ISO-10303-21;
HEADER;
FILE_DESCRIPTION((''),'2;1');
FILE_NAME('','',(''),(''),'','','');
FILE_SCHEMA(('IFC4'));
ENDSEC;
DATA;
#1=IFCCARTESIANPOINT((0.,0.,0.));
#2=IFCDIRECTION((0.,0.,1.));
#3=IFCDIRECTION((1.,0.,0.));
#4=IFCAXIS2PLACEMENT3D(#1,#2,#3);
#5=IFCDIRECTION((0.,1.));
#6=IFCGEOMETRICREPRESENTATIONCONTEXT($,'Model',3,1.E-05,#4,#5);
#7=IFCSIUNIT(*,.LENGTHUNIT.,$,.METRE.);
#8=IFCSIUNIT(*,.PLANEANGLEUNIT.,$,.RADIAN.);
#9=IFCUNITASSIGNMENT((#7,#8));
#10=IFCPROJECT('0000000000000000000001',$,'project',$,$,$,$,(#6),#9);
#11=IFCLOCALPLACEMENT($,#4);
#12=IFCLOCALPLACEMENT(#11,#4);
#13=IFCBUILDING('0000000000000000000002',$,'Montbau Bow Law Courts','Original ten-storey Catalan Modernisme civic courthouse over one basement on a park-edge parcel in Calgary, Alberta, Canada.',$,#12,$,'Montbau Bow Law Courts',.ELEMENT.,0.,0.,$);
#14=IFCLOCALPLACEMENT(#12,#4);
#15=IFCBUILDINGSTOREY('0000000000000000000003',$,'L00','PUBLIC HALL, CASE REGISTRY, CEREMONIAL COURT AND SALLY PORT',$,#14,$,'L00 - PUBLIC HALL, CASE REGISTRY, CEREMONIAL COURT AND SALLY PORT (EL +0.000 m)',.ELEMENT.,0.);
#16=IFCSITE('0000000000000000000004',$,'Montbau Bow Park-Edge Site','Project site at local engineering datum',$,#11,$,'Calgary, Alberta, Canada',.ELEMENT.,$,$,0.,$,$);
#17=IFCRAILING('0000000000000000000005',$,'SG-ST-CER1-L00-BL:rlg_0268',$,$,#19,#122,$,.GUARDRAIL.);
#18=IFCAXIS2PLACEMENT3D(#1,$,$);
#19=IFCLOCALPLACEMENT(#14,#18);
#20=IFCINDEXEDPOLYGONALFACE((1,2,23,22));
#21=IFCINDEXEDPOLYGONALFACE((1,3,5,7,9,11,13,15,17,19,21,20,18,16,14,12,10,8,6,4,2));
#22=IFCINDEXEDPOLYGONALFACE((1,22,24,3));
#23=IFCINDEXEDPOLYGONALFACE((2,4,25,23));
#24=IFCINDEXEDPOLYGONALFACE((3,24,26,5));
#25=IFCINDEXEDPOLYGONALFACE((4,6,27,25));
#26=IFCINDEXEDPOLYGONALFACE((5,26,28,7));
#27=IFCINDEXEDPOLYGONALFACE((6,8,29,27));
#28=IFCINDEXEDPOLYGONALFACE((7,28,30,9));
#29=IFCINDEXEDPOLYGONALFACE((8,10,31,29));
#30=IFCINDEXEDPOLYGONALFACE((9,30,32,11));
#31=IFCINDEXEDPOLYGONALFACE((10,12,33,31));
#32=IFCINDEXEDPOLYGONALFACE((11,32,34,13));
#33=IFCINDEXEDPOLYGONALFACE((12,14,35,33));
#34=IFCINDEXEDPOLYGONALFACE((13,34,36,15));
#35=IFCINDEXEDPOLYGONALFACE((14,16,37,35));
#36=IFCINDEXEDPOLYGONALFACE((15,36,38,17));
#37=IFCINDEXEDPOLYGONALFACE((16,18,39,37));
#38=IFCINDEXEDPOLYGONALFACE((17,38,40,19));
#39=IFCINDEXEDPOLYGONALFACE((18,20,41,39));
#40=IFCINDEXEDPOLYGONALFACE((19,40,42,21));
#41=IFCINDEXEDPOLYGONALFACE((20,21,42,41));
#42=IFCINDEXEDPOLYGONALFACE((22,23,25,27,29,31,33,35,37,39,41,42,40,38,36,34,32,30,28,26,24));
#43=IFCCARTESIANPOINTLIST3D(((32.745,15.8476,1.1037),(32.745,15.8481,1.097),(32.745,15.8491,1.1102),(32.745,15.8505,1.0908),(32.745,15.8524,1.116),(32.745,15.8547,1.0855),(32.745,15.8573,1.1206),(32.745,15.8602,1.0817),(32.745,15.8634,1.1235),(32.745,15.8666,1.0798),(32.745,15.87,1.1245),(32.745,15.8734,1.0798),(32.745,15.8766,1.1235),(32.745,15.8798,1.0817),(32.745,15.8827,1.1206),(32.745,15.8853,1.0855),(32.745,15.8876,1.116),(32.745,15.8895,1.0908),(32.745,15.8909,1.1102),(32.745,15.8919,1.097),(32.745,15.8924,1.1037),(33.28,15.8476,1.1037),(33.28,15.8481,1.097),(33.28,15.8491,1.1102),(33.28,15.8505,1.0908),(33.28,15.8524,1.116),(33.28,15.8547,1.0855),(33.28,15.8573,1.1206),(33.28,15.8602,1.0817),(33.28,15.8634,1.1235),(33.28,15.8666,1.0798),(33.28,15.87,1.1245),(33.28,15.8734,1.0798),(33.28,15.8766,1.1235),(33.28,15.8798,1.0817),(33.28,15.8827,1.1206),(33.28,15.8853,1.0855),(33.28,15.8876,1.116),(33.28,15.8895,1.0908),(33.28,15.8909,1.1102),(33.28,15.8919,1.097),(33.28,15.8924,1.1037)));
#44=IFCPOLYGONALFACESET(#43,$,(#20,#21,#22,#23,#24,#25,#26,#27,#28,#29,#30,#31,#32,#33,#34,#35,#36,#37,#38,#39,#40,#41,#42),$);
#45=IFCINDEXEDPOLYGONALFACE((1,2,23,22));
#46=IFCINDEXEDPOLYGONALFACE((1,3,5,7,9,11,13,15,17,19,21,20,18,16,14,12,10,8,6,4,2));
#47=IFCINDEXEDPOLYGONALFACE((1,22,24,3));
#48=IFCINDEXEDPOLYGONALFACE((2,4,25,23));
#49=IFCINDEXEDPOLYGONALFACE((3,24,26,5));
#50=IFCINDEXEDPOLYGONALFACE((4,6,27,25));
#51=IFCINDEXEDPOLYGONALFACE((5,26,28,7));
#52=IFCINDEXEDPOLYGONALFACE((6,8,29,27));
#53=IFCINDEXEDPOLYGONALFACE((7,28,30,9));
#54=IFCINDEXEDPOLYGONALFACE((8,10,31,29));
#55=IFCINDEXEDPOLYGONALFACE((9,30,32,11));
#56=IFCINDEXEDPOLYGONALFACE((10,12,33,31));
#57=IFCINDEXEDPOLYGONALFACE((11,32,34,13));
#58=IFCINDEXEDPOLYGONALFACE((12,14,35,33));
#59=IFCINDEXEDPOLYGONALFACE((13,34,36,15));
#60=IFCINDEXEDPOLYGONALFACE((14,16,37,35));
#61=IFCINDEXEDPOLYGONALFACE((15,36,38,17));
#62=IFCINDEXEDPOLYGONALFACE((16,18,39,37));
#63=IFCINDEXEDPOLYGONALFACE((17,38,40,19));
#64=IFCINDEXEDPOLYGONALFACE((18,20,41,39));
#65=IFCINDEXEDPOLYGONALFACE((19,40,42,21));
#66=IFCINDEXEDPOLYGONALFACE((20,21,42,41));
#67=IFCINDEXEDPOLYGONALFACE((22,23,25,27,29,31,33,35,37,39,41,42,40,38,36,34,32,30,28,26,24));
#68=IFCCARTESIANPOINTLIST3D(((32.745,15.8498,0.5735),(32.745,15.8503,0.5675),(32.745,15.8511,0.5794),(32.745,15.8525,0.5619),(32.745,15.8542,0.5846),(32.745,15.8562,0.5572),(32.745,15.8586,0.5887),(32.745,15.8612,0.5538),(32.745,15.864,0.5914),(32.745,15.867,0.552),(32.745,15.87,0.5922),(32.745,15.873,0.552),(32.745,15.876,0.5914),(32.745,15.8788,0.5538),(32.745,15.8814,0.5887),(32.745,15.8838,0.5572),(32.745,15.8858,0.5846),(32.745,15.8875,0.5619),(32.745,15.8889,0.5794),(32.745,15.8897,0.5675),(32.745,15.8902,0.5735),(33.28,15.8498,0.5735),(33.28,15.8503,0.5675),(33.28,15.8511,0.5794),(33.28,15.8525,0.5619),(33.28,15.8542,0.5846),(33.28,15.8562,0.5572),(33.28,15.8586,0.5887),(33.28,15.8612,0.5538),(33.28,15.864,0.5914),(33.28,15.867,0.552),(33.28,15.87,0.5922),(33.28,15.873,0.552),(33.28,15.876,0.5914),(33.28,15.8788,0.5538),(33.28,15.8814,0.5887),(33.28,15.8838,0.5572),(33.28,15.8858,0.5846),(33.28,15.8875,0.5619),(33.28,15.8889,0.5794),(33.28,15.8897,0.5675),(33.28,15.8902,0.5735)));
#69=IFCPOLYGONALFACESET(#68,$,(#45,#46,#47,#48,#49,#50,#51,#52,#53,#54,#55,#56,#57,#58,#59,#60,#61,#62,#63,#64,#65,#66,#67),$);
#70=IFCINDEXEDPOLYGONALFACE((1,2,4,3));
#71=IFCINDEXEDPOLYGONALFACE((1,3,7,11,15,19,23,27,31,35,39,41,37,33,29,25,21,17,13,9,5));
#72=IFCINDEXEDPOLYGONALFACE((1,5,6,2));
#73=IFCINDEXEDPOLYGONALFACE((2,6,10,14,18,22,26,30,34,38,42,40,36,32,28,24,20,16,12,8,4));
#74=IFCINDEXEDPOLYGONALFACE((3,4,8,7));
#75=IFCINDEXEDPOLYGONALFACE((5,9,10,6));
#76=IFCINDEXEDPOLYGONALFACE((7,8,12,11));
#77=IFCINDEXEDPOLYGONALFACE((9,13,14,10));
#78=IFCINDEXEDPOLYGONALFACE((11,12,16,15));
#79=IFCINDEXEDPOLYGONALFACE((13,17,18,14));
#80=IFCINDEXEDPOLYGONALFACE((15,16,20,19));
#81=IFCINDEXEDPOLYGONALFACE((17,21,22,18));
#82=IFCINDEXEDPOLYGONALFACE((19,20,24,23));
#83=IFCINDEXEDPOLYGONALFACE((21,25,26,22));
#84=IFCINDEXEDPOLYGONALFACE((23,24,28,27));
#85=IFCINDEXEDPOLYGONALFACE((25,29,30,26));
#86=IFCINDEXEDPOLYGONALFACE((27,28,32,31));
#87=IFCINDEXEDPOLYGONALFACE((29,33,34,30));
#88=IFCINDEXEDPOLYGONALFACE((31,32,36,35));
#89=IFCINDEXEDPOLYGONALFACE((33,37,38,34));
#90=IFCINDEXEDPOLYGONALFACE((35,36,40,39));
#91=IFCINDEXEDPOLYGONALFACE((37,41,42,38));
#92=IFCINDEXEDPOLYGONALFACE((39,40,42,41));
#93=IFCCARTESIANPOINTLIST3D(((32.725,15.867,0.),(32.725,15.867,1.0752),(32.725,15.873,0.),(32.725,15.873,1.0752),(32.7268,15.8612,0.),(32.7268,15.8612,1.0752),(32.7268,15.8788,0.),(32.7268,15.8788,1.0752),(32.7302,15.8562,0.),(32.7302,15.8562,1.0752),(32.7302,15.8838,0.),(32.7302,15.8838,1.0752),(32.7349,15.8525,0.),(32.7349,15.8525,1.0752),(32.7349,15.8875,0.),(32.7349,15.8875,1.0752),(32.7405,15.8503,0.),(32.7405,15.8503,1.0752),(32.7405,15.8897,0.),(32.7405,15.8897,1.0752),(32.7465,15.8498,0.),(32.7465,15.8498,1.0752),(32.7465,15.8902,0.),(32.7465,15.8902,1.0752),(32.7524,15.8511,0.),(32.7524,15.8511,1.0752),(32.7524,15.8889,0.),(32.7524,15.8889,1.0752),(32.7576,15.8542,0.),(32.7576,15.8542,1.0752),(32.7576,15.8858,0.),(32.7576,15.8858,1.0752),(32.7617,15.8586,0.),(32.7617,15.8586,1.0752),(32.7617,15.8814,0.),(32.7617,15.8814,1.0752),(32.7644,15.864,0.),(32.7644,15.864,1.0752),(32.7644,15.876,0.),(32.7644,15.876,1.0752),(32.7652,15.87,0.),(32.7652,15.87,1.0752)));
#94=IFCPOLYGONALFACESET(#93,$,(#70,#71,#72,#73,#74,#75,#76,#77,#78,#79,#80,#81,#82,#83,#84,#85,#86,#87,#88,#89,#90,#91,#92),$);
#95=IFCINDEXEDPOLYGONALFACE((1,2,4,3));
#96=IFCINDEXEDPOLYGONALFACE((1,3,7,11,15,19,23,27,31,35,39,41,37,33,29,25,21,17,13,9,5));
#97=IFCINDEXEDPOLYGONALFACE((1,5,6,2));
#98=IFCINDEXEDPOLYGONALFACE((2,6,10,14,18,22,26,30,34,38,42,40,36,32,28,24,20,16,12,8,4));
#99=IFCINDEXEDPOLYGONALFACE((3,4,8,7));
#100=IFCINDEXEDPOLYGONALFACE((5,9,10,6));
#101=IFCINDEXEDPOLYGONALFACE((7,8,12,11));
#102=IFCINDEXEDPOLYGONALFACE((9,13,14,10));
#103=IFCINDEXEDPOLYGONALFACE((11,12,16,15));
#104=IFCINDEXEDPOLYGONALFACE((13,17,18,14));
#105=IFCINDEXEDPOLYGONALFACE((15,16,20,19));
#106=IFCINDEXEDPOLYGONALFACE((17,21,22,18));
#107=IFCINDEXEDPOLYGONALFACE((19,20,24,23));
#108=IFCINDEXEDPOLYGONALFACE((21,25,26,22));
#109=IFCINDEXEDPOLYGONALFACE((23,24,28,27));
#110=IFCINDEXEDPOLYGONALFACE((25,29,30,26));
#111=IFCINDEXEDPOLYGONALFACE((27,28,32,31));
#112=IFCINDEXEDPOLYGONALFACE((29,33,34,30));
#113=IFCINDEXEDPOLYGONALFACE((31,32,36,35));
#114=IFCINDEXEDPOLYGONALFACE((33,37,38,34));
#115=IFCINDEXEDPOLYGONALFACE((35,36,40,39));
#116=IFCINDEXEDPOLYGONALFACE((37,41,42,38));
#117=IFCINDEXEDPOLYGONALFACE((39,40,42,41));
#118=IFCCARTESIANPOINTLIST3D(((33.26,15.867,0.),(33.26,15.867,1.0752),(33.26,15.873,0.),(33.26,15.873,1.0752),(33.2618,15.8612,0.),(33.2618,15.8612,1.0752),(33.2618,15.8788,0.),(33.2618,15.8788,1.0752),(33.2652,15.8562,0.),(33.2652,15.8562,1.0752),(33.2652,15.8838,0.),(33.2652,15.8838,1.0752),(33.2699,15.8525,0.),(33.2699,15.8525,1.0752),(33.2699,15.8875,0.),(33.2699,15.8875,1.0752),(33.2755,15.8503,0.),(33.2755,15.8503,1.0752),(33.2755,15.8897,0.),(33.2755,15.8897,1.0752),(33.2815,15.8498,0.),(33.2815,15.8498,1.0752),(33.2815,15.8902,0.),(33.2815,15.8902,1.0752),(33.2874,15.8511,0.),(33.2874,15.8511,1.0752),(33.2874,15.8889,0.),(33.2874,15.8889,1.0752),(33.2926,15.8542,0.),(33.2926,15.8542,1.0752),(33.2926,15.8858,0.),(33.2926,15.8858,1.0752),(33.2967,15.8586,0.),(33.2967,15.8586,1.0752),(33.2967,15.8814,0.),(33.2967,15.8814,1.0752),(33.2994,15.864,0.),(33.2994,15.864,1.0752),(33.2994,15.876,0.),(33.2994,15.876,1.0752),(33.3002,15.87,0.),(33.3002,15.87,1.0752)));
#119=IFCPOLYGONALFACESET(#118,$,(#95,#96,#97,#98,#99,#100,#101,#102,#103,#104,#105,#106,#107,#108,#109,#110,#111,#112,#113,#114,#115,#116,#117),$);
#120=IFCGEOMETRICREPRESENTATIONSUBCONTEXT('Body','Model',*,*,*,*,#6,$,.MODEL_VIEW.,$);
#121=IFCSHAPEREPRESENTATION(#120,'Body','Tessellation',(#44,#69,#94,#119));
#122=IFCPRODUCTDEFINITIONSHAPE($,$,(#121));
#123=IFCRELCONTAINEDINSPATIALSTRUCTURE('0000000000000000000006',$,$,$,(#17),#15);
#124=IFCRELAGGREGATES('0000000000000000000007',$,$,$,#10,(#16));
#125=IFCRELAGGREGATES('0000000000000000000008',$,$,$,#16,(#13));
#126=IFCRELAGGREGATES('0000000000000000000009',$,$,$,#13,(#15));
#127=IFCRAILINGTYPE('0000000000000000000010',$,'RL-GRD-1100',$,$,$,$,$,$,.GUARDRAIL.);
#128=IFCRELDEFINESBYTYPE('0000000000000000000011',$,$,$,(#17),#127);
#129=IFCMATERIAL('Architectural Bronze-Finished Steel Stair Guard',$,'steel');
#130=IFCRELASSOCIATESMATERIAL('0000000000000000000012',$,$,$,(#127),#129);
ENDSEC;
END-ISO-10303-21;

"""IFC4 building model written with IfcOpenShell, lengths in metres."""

from ifc_helpers import new_model, si_unit, direction, frame, origin_with_axes, origin_2d_with_axis, place, context, subcontext, project, spatial, circle, extrude, material, type_object, element, save


model = new_model("IFC4")

# Units and contexts
model_context = context("Model", 3, precision=1e-05, world=origin_with_axes(), true_north=direction((0.0, 1.0)))
body_context = subcontext(model_context, "Body", "Model", "MODEL_VIEW")
ifc_project = project(units=[si_unit("LENGTHUNIT", "METRE"), si_unit("PLANEANGLEUNIT", "RADIAN")], contexts=[model_context])

# Site, building, storey
site_placement = place(None, origin_with_axes())
site = spatial("IfcSite", under=ifc_project, at=site_placement, Name="Montbau Bow Park-Edge Site", Description="Project site at local engineering datum", LongName="Calgary, Alberta, Canada", CompositionType="ELEMENT", RefElevation=0.0)
building_placement = place(site_placement, origin_with_axes())
building = spatial("IfcBuilding", under=site, at=building_placement, Name="Montbau Bow Law Courts", Description="Original ten-storey Catalan Modernisme civic courthouse over one basement on a park-edge parcel in Calgary, Alberta, Canada.", LongName="Montbau Bow Law Courts", CompositionType="ELEMENT", ElevationOfRefHeight=0.0, ElevationOfTerrain=0.0)
storey_placement = place(building_placement, origin_with_axes())
storey = spatial("IfcBuildingStorey", under=building, at=storey_placement, Name="L00", Description="PUBLIC HALL, CASE REGISTRY, CEREMONIAL COURT AND SALLY PORT", LongName="L00 - PUBLIC HALL, CASE REGISTRY, CEREMONIAL COURT AND SALLY PORT (EL +0.000 m)", CompositionType="ELEMENT", Elevation=0.0)

# Railing
ifc_material_1 = material(Name="Architectural Bronze-Finished Steel Stair Guard", Category="steel")
railing_type_1 = type_object("IfcRailingType", Name="RL-GRD-1100", PredefinedType="GUARDRAIL", material=ifc_material_1)
railing_1_placement = place(None, origin_with_axes())
element("IfcRailing", 1, at=railing_1_placement, inside=storey, type_object=railing_type_1, Name="SG-ST-CER1-L00-BL:rlg_0268", PredefinedType="GUARDRAIL", context=body_context, shape_type="SweptSolid", body=[
    extrude(circle(Radius=0.0225, at=origin_2d_with_axis()), frame((32.745, 15.87, 1.102), z_axis=(1.0, 0.0, 0.0), x_axis=(0.0, 0.0, 1.0)), (0.0, 0.0, 1.0), 0.535),
    extrude(circle(Radius=0.0203, at=origin_2d_with_axis()), frame((32.745, 15.87, 0.572), z_axis=(1.0, 0.0, 0.0), x_axis=(0.0, 0.0, 1.0)), (0.0, 0.0, 1.0), 0.535),
    extrude(circle(Radius=0.0203, at=origin_2d_with_axis()), frame((32.745, 15.87, 0.0), z_axis=(0.0, 0.0, 1.0), x_axis=(1.0, 0.0, 0.0)), (0.0, 0.0, 1.0), 1.0753),
    extrude(circle(Radius=0.0203, at=origin_2d_with_axis()), frame((33.28, 15.87, 0.0), z_axis=(0.0, 0.0, 1.0), x_axis=(1.0, 0.0, 0.0)), (0.0, 0.0, 1.0), 1.0753),
])

save(model, "model.ifc")
